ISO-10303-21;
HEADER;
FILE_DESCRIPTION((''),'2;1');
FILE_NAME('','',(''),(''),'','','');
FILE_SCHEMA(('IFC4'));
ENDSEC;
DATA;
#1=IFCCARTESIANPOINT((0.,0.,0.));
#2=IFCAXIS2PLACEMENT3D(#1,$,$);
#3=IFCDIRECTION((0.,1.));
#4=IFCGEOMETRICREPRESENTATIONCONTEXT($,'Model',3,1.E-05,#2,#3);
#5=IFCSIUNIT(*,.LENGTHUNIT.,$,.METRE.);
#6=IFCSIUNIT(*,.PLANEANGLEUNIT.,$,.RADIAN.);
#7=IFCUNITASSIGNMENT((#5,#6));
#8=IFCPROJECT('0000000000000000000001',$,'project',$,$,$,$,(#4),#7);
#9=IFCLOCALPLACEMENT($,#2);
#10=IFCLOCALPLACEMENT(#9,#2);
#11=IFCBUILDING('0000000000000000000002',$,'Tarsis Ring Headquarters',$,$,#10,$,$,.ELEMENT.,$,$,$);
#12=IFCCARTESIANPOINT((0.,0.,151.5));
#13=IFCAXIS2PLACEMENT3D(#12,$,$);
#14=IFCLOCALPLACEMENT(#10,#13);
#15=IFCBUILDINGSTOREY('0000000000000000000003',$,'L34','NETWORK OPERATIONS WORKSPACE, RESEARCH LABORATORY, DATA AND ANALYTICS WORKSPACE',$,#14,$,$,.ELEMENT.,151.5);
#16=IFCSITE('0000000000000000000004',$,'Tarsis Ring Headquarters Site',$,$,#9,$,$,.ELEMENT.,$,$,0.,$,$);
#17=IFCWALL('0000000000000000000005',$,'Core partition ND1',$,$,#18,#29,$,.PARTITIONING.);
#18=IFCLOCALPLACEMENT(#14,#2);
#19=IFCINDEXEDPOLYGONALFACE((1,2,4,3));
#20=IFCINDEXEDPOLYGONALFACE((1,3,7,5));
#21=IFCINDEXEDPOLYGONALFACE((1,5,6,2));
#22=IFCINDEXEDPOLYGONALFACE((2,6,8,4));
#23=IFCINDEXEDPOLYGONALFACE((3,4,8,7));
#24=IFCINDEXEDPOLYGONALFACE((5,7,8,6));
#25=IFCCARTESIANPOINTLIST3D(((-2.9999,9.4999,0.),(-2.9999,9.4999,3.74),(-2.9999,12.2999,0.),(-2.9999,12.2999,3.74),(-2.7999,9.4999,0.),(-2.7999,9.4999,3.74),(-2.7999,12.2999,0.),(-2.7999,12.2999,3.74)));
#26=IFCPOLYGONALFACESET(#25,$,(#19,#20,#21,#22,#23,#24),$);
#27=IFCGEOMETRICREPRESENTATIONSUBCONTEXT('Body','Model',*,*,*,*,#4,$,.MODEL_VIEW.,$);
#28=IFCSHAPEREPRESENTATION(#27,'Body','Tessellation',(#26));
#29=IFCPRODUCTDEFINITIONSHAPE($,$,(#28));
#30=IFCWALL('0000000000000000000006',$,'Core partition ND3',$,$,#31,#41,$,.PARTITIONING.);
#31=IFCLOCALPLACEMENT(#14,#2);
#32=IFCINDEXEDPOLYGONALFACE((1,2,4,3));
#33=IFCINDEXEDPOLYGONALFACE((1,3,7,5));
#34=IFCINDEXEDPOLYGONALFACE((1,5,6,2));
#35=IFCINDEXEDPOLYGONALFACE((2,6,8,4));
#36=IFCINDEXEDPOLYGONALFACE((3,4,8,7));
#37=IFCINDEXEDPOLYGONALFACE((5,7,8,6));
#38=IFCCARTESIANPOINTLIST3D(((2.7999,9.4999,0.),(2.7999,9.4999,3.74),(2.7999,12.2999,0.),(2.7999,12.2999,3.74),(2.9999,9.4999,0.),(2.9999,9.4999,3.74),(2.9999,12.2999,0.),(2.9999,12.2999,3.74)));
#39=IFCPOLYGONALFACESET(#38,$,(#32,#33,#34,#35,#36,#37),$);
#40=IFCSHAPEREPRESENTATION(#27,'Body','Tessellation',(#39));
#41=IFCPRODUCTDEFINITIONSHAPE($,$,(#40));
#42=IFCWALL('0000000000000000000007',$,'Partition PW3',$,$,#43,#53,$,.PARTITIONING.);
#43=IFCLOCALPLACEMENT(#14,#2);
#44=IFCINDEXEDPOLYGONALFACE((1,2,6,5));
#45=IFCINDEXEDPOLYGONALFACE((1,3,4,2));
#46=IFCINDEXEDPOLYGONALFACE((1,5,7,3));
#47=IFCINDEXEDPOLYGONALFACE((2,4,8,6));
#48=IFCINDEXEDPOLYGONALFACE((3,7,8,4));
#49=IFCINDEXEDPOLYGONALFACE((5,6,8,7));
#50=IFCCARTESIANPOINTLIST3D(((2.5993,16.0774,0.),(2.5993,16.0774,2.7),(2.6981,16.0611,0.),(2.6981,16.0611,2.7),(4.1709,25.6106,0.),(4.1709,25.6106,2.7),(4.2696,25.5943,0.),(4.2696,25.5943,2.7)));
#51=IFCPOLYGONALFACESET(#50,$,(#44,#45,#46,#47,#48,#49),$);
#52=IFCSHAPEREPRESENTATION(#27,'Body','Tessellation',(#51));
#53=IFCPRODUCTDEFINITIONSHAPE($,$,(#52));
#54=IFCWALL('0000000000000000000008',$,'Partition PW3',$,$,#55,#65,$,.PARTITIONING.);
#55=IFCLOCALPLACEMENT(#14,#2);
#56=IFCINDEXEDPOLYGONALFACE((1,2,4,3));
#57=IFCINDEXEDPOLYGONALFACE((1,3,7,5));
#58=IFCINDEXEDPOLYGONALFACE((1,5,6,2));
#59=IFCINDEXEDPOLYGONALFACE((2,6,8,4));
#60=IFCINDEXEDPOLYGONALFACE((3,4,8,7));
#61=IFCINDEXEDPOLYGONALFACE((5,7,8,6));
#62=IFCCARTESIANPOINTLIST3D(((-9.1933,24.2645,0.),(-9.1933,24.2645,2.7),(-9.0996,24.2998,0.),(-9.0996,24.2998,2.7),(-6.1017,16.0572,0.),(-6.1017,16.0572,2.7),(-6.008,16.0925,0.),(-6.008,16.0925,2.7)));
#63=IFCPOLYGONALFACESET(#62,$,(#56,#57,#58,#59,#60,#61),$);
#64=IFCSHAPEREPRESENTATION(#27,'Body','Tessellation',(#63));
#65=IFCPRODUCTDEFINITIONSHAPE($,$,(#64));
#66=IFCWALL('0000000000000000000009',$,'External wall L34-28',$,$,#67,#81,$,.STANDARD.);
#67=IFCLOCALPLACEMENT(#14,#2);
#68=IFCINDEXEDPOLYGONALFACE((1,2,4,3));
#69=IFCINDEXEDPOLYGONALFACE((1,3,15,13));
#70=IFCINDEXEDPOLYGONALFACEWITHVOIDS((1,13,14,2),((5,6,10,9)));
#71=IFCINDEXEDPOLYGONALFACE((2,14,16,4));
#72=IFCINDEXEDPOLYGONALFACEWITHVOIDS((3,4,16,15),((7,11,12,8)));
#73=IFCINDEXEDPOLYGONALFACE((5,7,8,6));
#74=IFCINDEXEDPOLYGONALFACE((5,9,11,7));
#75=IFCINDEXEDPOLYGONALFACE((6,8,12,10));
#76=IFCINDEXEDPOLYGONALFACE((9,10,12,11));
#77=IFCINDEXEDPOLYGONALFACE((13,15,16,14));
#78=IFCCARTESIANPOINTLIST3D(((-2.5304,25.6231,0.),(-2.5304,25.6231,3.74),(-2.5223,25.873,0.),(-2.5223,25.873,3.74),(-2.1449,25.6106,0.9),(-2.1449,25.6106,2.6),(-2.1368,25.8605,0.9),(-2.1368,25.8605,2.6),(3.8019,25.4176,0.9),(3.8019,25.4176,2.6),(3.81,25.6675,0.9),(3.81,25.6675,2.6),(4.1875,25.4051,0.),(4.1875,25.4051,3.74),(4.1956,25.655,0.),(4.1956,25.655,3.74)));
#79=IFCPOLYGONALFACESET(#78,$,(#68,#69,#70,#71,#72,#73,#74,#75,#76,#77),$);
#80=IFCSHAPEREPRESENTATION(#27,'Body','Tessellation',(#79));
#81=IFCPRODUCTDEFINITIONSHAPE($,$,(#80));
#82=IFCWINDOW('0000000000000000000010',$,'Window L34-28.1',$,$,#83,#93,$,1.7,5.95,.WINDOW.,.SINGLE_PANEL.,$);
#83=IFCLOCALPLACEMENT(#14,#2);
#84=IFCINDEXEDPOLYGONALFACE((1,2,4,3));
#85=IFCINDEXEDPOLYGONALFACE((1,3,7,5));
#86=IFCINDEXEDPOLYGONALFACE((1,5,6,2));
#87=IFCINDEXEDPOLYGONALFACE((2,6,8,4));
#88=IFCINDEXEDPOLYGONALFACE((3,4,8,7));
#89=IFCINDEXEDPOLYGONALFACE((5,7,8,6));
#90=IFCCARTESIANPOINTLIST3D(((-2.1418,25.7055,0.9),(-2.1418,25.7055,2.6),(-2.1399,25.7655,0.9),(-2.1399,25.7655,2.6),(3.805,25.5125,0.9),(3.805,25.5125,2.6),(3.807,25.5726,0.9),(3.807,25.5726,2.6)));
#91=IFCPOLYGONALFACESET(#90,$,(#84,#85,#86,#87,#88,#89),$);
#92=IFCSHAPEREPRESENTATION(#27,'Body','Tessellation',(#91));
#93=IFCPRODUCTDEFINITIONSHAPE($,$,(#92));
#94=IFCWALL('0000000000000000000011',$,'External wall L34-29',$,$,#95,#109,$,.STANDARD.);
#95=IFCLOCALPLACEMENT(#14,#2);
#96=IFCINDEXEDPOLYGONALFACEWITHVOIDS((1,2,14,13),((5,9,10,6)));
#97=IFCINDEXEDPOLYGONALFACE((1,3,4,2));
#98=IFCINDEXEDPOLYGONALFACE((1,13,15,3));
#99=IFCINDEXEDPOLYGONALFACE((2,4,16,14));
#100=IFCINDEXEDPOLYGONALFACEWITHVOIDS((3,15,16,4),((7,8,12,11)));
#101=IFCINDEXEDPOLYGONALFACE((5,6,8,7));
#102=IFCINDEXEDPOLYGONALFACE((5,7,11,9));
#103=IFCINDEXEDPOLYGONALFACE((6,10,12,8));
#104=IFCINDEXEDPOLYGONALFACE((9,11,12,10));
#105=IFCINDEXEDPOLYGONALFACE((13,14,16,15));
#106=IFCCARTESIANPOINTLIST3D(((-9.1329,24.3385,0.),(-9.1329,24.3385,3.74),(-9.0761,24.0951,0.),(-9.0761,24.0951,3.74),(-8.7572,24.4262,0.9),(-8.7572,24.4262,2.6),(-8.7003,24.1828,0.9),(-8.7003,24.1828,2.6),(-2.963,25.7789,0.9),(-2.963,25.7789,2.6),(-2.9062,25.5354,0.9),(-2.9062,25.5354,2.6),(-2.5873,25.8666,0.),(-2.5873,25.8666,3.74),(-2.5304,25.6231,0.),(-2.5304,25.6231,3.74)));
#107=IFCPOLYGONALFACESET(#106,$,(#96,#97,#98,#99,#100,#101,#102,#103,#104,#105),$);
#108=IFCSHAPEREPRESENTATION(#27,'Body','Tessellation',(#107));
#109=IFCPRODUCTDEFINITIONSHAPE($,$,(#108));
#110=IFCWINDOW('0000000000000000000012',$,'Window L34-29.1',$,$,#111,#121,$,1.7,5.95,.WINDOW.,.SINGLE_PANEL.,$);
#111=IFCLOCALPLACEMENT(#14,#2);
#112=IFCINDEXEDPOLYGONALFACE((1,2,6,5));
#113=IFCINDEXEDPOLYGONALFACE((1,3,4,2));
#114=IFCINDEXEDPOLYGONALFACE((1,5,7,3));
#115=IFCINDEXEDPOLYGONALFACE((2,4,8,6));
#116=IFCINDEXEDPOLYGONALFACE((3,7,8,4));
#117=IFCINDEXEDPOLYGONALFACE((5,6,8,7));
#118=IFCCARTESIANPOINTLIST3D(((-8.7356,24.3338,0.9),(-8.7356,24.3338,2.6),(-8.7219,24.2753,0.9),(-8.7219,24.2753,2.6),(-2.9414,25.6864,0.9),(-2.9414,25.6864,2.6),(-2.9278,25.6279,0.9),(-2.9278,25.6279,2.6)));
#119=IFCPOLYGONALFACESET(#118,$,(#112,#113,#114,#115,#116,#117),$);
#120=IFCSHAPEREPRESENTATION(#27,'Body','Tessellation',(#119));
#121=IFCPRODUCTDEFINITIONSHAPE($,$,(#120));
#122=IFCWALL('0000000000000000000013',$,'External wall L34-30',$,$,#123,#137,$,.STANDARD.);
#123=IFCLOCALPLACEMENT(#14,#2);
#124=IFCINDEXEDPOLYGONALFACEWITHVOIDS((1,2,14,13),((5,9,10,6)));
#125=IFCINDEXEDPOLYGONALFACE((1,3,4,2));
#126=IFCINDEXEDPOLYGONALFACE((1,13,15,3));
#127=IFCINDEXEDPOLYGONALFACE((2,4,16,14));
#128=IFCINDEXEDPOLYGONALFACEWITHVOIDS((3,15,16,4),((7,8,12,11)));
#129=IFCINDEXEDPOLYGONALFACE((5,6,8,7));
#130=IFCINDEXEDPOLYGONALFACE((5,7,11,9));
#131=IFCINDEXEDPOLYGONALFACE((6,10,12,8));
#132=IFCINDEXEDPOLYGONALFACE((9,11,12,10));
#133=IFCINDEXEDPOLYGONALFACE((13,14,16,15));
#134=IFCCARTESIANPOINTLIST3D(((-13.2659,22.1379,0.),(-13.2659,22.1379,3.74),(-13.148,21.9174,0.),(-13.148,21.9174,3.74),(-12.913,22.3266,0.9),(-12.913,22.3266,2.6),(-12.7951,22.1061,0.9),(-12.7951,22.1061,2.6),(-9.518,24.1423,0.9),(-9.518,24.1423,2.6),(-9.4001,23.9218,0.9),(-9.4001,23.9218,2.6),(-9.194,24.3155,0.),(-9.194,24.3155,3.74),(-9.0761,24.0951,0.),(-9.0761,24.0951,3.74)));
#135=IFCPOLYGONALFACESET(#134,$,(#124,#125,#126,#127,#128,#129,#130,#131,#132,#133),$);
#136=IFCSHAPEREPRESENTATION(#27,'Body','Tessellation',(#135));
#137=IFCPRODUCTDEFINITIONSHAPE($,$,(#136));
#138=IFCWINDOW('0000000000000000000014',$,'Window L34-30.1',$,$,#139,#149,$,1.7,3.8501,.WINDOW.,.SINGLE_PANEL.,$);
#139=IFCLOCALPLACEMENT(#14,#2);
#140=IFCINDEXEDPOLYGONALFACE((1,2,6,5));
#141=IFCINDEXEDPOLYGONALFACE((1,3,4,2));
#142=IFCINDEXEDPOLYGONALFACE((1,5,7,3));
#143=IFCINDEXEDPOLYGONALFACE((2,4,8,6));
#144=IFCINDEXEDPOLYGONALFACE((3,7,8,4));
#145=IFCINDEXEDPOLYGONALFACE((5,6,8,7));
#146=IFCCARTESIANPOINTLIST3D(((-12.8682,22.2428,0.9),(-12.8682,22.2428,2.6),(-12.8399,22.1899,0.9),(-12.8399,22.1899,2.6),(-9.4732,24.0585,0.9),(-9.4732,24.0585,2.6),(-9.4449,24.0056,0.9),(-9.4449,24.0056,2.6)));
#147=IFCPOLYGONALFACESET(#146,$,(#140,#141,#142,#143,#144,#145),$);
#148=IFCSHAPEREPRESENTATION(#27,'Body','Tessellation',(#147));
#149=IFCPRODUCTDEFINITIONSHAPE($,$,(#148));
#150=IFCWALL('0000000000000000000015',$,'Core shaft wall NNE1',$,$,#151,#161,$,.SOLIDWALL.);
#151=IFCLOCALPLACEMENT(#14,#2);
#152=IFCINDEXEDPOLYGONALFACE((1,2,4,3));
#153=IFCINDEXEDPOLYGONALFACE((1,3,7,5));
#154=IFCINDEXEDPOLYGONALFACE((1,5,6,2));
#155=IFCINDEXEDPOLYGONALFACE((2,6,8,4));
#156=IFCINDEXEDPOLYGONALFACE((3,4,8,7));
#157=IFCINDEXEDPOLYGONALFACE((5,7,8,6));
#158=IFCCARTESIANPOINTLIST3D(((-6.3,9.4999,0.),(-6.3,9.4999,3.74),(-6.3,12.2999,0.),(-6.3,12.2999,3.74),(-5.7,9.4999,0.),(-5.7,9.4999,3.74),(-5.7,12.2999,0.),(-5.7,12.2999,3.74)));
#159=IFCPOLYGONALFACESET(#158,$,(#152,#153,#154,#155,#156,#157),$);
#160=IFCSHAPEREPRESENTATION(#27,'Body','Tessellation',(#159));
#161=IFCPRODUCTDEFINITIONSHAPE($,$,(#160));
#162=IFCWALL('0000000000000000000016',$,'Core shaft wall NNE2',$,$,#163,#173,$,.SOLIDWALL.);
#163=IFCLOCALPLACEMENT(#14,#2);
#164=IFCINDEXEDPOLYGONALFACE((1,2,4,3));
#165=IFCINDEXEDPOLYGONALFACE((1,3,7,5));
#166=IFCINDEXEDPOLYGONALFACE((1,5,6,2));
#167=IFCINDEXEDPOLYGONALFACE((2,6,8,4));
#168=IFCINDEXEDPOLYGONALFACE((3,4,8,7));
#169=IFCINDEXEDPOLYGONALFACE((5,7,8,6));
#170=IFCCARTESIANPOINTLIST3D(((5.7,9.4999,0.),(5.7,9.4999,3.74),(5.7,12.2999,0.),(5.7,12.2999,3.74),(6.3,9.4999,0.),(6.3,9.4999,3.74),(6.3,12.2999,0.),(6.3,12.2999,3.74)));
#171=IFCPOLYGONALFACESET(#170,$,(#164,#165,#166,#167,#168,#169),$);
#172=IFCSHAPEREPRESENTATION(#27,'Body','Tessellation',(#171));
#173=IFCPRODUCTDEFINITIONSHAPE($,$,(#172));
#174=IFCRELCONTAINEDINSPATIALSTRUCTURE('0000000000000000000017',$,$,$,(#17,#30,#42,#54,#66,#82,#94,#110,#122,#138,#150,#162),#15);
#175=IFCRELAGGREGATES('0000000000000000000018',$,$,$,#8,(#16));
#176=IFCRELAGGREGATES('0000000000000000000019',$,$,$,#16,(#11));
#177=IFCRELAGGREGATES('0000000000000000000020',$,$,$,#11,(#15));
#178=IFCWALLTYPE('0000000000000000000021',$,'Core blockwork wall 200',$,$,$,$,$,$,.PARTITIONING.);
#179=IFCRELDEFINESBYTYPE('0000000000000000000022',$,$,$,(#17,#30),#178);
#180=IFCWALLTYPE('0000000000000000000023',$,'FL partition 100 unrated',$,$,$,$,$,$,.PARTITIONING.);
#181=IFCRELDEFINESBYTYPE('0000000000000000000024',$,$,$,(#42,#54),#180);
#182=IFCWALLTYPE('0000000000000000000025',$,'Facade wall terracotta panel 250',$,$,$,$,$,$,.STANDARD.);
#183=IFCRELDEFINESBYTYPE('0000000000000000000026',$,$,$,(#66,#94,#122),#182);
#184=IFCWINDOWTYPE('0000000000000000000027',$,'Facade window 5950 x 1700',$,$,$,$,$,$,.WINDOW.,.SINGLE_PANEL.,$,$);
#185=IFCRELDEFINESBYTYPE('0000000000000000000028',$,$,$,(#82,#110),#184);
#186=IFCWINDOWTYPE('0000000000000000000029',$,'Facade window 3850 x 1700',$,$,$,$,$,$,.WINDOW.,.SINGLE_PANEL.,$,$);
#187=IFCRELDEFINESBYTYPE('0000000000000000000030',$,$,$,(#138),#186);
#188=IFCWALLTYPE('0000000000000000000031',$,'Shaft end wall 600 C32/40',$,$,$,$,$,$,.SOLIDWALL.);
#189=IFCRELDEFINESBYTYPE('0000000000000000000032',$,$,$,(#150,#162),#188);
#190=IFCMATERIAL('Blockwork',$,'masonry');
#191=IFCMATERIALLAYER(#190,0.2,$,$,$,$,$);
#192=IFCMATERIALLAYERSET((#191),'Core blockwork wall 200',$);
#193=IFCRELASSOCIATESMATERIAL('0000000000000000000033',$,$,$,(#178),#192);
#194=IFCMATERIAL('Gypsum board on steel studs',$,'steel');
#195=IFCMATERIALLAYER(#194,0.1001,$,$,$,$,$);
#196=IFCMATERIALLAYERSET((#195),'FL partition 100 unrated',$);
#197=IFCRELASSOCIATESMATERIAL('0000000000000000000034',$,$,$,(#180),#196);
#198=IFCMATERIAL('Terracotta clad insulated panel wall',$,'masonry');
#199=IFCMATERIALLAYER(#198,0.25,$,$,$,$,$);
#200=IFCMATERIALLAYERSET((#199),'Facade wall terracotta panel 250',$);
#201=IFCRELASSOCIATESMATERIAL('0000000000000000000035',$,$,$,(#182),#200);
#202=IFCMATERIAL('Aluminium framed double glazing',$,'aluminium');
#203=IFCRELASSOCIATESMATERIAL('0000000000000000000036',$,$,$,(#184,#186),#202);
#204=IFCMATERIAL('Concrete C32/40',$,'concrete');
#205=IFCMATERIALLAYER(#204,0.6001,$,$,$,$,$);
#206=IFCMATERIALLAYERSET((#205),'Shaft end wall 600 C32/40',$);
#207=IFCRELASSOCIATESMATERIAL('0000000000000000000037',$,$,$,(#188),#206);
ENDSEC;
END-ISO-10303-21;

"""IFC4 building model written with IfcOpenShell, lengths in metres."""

from ifc_helpers import new_model, si_unit, direction, frame, frame_2d, origin, place, context, subcontext, project, spatial, rectangle, extrude, material, layer, layer_set, type_object, element, fill, save


model = new_model("IFC4")

# Units and contexts
model_context = context("Model", 3, precision=1e-05, world=origin(), true_north=direction((0.0, 1.0)))
body_context = subcontext(model_context, "Body", "Model", "MODEL_VIEW")
ifc_project = project(units=[si_unit("LENGTHUNIT", "METRE"), si_unit("PLANEANGLEUNIT", "RADIAN")], contexts=[model_context])

# Site, building, storey
site_placement = place(None, origin())
site = spatial("IfcSite", under=ifc_project, at=site_placement, Name="Tarsis Ring Headquarters Site", CompositionType="ELEMENT", RefElevation=0.0)
building_placement = place(site_placement, origin())
building = spatial("IfcBuilding", under=site, at=building_placement, Name="Tarsis Ring Headquarters", CompositionType="ELEMENT")
storey_placement = place(building_placement, frame((0.0, 0.0, 151.5)))
storey = spatial("IfcBuildingStorey", under=building, at=storey_placement, Name="L34", Description="NETWORK OPERATIONS WORKSPACE, RESEARCH LABORATORY, DATA AND ANALYTICS WORKSPACE", CompositionType="ELEMENT", Elevation=151.5)

# Walls
ifc_material_1 = material(Name="Blockwork", Category="masonry")
ifc_layer_1 = layer(ifc_material_1, 0.2)
ifc_layer_set_1 = layer_set([ifc_layer_1], Name="Core blockwork wall 200")
wall_type_1 = type_object("IfcWallType", Name="Core blockwork wall 200", PredefinedType="PARTITIONING", material=ifc_layer_set_1)
for number, where, z_axis, x_axis, name in (
    (1, (-2.8999, 9.5, 0.0), (0.0, 0.0, 1.0), (0.0, 1.0, 0.0), "Core partition ND1"),
    (2, (2.8999, 9.5, 0.0), (0.0, 0.0, 1.0), (0.0, 1.0, 0.0), "Core partition ND3"),
):
    element("IfcWall", number, at=place(storey_placement, frame(where, z_axis=z_axis, x_axis=x_axis)), inside=storey, type_object=wall_type_1, Name=name, PredefinedType="PARTITIONING", context=body_context, shape_type="SweptSolid", body=[
        extrude(rectangle(XDim=2.8, YDim=0.2, at=frame_2d((1.3999, 0.0))), origin(), (0.0, 0.0, 1.0), 3.74),
    ])
ifc_material_2 = material(Name="Gypsum board on steel studs", Category="steel")
ifc_layer_2 = layer(ifc_material_2, 0.1001)
ifc_layer_set_2 = layer_set([ifc_layer_2], Name="FL partition 100 unrated")
wall_type_2 = type_object("IfcWallType", Name="FL partition 100 unrated", PredefinedType="PARTITIONING", material=ifc_layer_set_2)
wall_1_placement = place(storey_placement, frame((2.6487, 16.0691, 0.0), z_axis=(0.0, 0.0, 1.0), x_axis=(0.162653, 0.986683, 0.0)))
element("IfcWall", 3, at=wall_1_placement, inside=storey, type_object=wall_type_2, Name="Partition PW3", PredefinedType="PARTITIONING", context=body_context, shape_type="SweptSolid", body=[
    extrude(rectangle(XDim=9.6619, YDim=0.1001, at=frame_2d((4.8311, 0.0))), origin(), (0.0, 0.0, 1.0), 2.7),
])
wall_2_placement = place(storey_placement, frame((-9.1465, 24.2822, 0.0), z_axis=(0.0, 0.0, 1.0), x_axis=(0.352505, -0.93581, 0.0)))
element("IfcWall", 4, at=wall_2_placement, inside=storey, type_object=wall_type_2, Name="Partition PW3", PredefinedType="PARTITIONING", context=body_context, shape_type="SweptSolid", body=[
    extrude(rectangle(XDim=8.7703, YDim=0.1001, at=frame_2d((4.3853, 0.0))), origin(), (0.0, 0.0, 1.0), 2.7),
])

# Walls, openings, windows
ifc_material_3 = material(Name="Terracotta clad insulated panel wall", Category="masonry")
ifc_layer_3 = layer(ifc_material_3, 0.25)
ifc_layer_set_3 = layer_set([ifc_layer_3], Name="Facade wall terracotta panel 250")
wall_type_3 = type_object("IfcWallType", Name="Facade wall terracotta panel 250", PredefinedType="STANDARD", material=ifc_layer_set_3)
wall_3_placement = place(storey_placement, frame((4.1917, 25.53, 0.0), z_axis=(0.0, 0.0, 1.0), x_axis=(-0.999474, 0.032436, 0.0)))
wall_3 = element("IfcWall", 5, at=wall_3_placement, inside=storey, type_object=wall_type_3, Name="External wall L34-28", PredefinedType="STANDARD", context=body_context, shape_type="SweptSolid", body=[
    extrude(rectangle(XDim=6.7214, YDim=0.25, at=frame_2d((3.3608, 0.0))), origin(), (0.0, 0.0, 1.0), 3.74),
])
opening_1_placement = place(wall_3_placement, frame((0.3857, 0.0, 0.8999)))
opening_1 = element("IfcOpeningElement", 6, at=opening_1_placement, cuts=wall_3, PredefinedType="OPENING", context=body_context, shape_type="SweptSolid", body=[
    extrude(rectangle(XDim=5.95, YDim=1.7, at=frame_2d((2.9751, 0.8501))), frame((0.0, 0.135, 0.0), z_axis=(0.0, -1.0, 0.0), x_axis=(1.0, 0.0, 0.0)), (0.0, 0.0, 1.0), 0.27),
])
ifc_material_4 = material(Name="Aluminium framed double glazing", Category="aluminium")
window_type_1 = type_object("IfcWindowType", Name="Facade window 5950 x 1700", PartitioningType="SINGLE_PANEL", PredefinedType="WINDOW", material=ifc_material_4)
window_1_placement = place(opening_1_placement, origin())
window_1 = element("IfcWindow", 7, at=window_1_placement, inside=storey, type_object=window_type_1, Name="Window L34-28.1", OverallHeight=1.7, OverallWidth=5.95, PartitioningType="SINGLE_PANEL", PredefinedType="WINDOW", context=body_context, shape_type="SweptSolid", body=[
    extrude(rectangle(XDim=5.95, YDim=1.7, at=frame_2d((2.9751, 0.8501))), frame((0.0, 0.03, 0.0), z_axis=(0.0, -1.0, 0.0), x_axis=(1.0, 0.0, 0.0)), (0.0, 0.0, 1.0), 0.0601),
])
fill(opening_1, window_1)
wall_4_placement = place(storey_placement, frame((-2.5588, 25.7449, 0.0), z_axis=(0.0, 0.0, 1.0), x_axis=(-0.973816, -0.227336, 0.0)))
wall_4 = element("IfcWall", 8, at=wall_4_placement, inside=storey, type_object=wall_type_3, Name="External wall L34-29", PredefinedType="STANDARD", context=body_context, shape_type="SweptSolid", body=[
    extrude(rectangle(XDim=6.7217, YDim=0.25, at=frame_2d((3.3608, 0.0))), origin(), (0.0, 0.0, 1.0), 3.74),
])
opening_2_placement = place(wall_4_placement, frame((0.3857, 0.0, 0.8999)))
opening_2 = element("IfcOpeningElement", 9, at=opening_2_placement, cuts=wall_4, PredefinedType="OPENING", context=body_context, shape_type="SweptSolid", body=[
    extrude(rectangle(XDim=5.95, YDim=1.7, at=frame_2d((2.9751, 0.8501))), frame((0.0, 0.135, 0.0), z_axis=(0.0, -1.0, 0.0), x_axis=(1.0, 0.0, 0.0)), (0.0, 0.0, 1.0), 0.27),
])
window_2_placement = place(opening_2_placement, origin())
window_2 = element("IfcWindow", 10, at=window_2_placement, inside=storey, type_object=window_type_1, Name="Window L34-29.1", OverallHeight=1.7, OverallWidth=5.95, PartitioningType="SINGLE_PANEL", PredefinedType="WINDOW", context=body_context, shape_type="SweptSolid", body=[
    extrude(rectangle(XDim=5.95, YDim=1.7, at=frame_2d((2.9751, 0.8501))), frame((0.0, 0.03, 0.0), z_axis=(0.0, -1.0, 0.0), x_axis=(1.0, 0.0, 0.0)), (0.0, 0.0, 1.0), 0.0601),
])
fill(opening_2, window_2)
wall_5_placement = place(storey_placement, frame((-9.135, 24.2053, 0.0), z_axis=(0.0, 0.0, 1.0), x_axis=(-0.881814, -0.471598, 0.0)))
wall_5 = element("IfcWall", 11, at=wall_5_placement, inside=storey, type_object=wall_type_3, Name="External wall L34-30", PredefinedType="STANDARD", context=body_context, shape_type="SweptSolid", body=[
    extrude(rectangle(XDim=4.6177, YDim=0.25, at=frame_2d((2.3088, 0.0))), origin(), (0.0, 0.0, 1.0), 3.74),
])
opening_3_placement = place(wall_5_placement, frame((0.3674, 0.0, 0.8999)))
opening_3 = element("IfcOpeningElement", 12, at=opening_3_placement, cuts=wall_5, PredefinedType="OPENING", context=body_context, shape_type="SweptSolid", body=[
    extrude(rectangle(XDim=3.8501, YDim=1.7, at=frame_2d((1.925, 0.8501))), frame((0.0, 0.135, 0.0), z_axis=(0.0, -1.0, 0.0), x_axis=(1.0, 0.0, 0.0)), (0.0, 0.0, 1.0), 0.27),
])
window_type_2 = type_object("IfcWindowType", Name="Facade window 3850 x 1700", PartitioningType="SINGLE_PANEL", PredefinedType="WINDOW", material=ifc_material_4)
window_3_placement = place(opening_3_placement, origin())
window_3 = element("IfcWindow", 13, at=window_3_placement, inside=storey, type_object=window_type_2, Name="Window L34-30.1", OverallHeight=1.7, OverallWidth=3.8501, PartitioningType="SINGLE_PANEL", PredefinedType="WINDOW", context=body_context, shape_type="SweptSolid", body=[
    extrude(rectangle(XDim=3.8501, YDim=1.7, at=frame_2d((1.925, 0.8501))), frame((0.0, 0.03, 0.0), z_axis=(0.0, -1.0, 0.0), x_axis=(1.0, 0.0, 0.0)), (0.0, 0.0, 1.0), 0.0601),
])
fill(opening_3, window_3)

# Walls
ifc_material_5 = material(Name="Concrete C32/40", Category="concrete")
ifc_layer_4 = layer(ifc_material_5, 0.6001)
ifc_layer_set_4 = layer_set([ifc_layer_4], Name="Shaft end wall 600 C32/40")
wall_type_4 = type_object("IfcWallType", Name="Shaft end wall 600 C32/40", PredefinedType="SOLIDWALL", material=ifc_layer_set_4)
for number, where, z_axis, x_axis, name in (
    (14, (-6.0, 9.5, 0.0), (0.0, 0.0, 1.0), (0.0, 1.0, 0.0), "Core shaft wall NNE1"),
    (15, (6.0, 9.5, 0.0), (0.0, 0.0, 1.0), (0.0, 1.0, 0.0), "Core shaft wall NNE2"),
):
    element("IfcWall", number, at=place(storey_placement, frame(where, z_axis=z_axis, x_axis=x_axis)), inside=storey, type_object=wall_type_4, Name=name, PredefinedType="SOLIDWALL", context=body_context, shape_type="SweptSolid", body=[
        extrude(rectangle(XDim=2.8, YDim=0.6001, at=frame_2d((1.3999, 0.0))), origin(), (0.0, 0.0, 1.0), 3.74),
    ])

save(model, "model.ifc")
